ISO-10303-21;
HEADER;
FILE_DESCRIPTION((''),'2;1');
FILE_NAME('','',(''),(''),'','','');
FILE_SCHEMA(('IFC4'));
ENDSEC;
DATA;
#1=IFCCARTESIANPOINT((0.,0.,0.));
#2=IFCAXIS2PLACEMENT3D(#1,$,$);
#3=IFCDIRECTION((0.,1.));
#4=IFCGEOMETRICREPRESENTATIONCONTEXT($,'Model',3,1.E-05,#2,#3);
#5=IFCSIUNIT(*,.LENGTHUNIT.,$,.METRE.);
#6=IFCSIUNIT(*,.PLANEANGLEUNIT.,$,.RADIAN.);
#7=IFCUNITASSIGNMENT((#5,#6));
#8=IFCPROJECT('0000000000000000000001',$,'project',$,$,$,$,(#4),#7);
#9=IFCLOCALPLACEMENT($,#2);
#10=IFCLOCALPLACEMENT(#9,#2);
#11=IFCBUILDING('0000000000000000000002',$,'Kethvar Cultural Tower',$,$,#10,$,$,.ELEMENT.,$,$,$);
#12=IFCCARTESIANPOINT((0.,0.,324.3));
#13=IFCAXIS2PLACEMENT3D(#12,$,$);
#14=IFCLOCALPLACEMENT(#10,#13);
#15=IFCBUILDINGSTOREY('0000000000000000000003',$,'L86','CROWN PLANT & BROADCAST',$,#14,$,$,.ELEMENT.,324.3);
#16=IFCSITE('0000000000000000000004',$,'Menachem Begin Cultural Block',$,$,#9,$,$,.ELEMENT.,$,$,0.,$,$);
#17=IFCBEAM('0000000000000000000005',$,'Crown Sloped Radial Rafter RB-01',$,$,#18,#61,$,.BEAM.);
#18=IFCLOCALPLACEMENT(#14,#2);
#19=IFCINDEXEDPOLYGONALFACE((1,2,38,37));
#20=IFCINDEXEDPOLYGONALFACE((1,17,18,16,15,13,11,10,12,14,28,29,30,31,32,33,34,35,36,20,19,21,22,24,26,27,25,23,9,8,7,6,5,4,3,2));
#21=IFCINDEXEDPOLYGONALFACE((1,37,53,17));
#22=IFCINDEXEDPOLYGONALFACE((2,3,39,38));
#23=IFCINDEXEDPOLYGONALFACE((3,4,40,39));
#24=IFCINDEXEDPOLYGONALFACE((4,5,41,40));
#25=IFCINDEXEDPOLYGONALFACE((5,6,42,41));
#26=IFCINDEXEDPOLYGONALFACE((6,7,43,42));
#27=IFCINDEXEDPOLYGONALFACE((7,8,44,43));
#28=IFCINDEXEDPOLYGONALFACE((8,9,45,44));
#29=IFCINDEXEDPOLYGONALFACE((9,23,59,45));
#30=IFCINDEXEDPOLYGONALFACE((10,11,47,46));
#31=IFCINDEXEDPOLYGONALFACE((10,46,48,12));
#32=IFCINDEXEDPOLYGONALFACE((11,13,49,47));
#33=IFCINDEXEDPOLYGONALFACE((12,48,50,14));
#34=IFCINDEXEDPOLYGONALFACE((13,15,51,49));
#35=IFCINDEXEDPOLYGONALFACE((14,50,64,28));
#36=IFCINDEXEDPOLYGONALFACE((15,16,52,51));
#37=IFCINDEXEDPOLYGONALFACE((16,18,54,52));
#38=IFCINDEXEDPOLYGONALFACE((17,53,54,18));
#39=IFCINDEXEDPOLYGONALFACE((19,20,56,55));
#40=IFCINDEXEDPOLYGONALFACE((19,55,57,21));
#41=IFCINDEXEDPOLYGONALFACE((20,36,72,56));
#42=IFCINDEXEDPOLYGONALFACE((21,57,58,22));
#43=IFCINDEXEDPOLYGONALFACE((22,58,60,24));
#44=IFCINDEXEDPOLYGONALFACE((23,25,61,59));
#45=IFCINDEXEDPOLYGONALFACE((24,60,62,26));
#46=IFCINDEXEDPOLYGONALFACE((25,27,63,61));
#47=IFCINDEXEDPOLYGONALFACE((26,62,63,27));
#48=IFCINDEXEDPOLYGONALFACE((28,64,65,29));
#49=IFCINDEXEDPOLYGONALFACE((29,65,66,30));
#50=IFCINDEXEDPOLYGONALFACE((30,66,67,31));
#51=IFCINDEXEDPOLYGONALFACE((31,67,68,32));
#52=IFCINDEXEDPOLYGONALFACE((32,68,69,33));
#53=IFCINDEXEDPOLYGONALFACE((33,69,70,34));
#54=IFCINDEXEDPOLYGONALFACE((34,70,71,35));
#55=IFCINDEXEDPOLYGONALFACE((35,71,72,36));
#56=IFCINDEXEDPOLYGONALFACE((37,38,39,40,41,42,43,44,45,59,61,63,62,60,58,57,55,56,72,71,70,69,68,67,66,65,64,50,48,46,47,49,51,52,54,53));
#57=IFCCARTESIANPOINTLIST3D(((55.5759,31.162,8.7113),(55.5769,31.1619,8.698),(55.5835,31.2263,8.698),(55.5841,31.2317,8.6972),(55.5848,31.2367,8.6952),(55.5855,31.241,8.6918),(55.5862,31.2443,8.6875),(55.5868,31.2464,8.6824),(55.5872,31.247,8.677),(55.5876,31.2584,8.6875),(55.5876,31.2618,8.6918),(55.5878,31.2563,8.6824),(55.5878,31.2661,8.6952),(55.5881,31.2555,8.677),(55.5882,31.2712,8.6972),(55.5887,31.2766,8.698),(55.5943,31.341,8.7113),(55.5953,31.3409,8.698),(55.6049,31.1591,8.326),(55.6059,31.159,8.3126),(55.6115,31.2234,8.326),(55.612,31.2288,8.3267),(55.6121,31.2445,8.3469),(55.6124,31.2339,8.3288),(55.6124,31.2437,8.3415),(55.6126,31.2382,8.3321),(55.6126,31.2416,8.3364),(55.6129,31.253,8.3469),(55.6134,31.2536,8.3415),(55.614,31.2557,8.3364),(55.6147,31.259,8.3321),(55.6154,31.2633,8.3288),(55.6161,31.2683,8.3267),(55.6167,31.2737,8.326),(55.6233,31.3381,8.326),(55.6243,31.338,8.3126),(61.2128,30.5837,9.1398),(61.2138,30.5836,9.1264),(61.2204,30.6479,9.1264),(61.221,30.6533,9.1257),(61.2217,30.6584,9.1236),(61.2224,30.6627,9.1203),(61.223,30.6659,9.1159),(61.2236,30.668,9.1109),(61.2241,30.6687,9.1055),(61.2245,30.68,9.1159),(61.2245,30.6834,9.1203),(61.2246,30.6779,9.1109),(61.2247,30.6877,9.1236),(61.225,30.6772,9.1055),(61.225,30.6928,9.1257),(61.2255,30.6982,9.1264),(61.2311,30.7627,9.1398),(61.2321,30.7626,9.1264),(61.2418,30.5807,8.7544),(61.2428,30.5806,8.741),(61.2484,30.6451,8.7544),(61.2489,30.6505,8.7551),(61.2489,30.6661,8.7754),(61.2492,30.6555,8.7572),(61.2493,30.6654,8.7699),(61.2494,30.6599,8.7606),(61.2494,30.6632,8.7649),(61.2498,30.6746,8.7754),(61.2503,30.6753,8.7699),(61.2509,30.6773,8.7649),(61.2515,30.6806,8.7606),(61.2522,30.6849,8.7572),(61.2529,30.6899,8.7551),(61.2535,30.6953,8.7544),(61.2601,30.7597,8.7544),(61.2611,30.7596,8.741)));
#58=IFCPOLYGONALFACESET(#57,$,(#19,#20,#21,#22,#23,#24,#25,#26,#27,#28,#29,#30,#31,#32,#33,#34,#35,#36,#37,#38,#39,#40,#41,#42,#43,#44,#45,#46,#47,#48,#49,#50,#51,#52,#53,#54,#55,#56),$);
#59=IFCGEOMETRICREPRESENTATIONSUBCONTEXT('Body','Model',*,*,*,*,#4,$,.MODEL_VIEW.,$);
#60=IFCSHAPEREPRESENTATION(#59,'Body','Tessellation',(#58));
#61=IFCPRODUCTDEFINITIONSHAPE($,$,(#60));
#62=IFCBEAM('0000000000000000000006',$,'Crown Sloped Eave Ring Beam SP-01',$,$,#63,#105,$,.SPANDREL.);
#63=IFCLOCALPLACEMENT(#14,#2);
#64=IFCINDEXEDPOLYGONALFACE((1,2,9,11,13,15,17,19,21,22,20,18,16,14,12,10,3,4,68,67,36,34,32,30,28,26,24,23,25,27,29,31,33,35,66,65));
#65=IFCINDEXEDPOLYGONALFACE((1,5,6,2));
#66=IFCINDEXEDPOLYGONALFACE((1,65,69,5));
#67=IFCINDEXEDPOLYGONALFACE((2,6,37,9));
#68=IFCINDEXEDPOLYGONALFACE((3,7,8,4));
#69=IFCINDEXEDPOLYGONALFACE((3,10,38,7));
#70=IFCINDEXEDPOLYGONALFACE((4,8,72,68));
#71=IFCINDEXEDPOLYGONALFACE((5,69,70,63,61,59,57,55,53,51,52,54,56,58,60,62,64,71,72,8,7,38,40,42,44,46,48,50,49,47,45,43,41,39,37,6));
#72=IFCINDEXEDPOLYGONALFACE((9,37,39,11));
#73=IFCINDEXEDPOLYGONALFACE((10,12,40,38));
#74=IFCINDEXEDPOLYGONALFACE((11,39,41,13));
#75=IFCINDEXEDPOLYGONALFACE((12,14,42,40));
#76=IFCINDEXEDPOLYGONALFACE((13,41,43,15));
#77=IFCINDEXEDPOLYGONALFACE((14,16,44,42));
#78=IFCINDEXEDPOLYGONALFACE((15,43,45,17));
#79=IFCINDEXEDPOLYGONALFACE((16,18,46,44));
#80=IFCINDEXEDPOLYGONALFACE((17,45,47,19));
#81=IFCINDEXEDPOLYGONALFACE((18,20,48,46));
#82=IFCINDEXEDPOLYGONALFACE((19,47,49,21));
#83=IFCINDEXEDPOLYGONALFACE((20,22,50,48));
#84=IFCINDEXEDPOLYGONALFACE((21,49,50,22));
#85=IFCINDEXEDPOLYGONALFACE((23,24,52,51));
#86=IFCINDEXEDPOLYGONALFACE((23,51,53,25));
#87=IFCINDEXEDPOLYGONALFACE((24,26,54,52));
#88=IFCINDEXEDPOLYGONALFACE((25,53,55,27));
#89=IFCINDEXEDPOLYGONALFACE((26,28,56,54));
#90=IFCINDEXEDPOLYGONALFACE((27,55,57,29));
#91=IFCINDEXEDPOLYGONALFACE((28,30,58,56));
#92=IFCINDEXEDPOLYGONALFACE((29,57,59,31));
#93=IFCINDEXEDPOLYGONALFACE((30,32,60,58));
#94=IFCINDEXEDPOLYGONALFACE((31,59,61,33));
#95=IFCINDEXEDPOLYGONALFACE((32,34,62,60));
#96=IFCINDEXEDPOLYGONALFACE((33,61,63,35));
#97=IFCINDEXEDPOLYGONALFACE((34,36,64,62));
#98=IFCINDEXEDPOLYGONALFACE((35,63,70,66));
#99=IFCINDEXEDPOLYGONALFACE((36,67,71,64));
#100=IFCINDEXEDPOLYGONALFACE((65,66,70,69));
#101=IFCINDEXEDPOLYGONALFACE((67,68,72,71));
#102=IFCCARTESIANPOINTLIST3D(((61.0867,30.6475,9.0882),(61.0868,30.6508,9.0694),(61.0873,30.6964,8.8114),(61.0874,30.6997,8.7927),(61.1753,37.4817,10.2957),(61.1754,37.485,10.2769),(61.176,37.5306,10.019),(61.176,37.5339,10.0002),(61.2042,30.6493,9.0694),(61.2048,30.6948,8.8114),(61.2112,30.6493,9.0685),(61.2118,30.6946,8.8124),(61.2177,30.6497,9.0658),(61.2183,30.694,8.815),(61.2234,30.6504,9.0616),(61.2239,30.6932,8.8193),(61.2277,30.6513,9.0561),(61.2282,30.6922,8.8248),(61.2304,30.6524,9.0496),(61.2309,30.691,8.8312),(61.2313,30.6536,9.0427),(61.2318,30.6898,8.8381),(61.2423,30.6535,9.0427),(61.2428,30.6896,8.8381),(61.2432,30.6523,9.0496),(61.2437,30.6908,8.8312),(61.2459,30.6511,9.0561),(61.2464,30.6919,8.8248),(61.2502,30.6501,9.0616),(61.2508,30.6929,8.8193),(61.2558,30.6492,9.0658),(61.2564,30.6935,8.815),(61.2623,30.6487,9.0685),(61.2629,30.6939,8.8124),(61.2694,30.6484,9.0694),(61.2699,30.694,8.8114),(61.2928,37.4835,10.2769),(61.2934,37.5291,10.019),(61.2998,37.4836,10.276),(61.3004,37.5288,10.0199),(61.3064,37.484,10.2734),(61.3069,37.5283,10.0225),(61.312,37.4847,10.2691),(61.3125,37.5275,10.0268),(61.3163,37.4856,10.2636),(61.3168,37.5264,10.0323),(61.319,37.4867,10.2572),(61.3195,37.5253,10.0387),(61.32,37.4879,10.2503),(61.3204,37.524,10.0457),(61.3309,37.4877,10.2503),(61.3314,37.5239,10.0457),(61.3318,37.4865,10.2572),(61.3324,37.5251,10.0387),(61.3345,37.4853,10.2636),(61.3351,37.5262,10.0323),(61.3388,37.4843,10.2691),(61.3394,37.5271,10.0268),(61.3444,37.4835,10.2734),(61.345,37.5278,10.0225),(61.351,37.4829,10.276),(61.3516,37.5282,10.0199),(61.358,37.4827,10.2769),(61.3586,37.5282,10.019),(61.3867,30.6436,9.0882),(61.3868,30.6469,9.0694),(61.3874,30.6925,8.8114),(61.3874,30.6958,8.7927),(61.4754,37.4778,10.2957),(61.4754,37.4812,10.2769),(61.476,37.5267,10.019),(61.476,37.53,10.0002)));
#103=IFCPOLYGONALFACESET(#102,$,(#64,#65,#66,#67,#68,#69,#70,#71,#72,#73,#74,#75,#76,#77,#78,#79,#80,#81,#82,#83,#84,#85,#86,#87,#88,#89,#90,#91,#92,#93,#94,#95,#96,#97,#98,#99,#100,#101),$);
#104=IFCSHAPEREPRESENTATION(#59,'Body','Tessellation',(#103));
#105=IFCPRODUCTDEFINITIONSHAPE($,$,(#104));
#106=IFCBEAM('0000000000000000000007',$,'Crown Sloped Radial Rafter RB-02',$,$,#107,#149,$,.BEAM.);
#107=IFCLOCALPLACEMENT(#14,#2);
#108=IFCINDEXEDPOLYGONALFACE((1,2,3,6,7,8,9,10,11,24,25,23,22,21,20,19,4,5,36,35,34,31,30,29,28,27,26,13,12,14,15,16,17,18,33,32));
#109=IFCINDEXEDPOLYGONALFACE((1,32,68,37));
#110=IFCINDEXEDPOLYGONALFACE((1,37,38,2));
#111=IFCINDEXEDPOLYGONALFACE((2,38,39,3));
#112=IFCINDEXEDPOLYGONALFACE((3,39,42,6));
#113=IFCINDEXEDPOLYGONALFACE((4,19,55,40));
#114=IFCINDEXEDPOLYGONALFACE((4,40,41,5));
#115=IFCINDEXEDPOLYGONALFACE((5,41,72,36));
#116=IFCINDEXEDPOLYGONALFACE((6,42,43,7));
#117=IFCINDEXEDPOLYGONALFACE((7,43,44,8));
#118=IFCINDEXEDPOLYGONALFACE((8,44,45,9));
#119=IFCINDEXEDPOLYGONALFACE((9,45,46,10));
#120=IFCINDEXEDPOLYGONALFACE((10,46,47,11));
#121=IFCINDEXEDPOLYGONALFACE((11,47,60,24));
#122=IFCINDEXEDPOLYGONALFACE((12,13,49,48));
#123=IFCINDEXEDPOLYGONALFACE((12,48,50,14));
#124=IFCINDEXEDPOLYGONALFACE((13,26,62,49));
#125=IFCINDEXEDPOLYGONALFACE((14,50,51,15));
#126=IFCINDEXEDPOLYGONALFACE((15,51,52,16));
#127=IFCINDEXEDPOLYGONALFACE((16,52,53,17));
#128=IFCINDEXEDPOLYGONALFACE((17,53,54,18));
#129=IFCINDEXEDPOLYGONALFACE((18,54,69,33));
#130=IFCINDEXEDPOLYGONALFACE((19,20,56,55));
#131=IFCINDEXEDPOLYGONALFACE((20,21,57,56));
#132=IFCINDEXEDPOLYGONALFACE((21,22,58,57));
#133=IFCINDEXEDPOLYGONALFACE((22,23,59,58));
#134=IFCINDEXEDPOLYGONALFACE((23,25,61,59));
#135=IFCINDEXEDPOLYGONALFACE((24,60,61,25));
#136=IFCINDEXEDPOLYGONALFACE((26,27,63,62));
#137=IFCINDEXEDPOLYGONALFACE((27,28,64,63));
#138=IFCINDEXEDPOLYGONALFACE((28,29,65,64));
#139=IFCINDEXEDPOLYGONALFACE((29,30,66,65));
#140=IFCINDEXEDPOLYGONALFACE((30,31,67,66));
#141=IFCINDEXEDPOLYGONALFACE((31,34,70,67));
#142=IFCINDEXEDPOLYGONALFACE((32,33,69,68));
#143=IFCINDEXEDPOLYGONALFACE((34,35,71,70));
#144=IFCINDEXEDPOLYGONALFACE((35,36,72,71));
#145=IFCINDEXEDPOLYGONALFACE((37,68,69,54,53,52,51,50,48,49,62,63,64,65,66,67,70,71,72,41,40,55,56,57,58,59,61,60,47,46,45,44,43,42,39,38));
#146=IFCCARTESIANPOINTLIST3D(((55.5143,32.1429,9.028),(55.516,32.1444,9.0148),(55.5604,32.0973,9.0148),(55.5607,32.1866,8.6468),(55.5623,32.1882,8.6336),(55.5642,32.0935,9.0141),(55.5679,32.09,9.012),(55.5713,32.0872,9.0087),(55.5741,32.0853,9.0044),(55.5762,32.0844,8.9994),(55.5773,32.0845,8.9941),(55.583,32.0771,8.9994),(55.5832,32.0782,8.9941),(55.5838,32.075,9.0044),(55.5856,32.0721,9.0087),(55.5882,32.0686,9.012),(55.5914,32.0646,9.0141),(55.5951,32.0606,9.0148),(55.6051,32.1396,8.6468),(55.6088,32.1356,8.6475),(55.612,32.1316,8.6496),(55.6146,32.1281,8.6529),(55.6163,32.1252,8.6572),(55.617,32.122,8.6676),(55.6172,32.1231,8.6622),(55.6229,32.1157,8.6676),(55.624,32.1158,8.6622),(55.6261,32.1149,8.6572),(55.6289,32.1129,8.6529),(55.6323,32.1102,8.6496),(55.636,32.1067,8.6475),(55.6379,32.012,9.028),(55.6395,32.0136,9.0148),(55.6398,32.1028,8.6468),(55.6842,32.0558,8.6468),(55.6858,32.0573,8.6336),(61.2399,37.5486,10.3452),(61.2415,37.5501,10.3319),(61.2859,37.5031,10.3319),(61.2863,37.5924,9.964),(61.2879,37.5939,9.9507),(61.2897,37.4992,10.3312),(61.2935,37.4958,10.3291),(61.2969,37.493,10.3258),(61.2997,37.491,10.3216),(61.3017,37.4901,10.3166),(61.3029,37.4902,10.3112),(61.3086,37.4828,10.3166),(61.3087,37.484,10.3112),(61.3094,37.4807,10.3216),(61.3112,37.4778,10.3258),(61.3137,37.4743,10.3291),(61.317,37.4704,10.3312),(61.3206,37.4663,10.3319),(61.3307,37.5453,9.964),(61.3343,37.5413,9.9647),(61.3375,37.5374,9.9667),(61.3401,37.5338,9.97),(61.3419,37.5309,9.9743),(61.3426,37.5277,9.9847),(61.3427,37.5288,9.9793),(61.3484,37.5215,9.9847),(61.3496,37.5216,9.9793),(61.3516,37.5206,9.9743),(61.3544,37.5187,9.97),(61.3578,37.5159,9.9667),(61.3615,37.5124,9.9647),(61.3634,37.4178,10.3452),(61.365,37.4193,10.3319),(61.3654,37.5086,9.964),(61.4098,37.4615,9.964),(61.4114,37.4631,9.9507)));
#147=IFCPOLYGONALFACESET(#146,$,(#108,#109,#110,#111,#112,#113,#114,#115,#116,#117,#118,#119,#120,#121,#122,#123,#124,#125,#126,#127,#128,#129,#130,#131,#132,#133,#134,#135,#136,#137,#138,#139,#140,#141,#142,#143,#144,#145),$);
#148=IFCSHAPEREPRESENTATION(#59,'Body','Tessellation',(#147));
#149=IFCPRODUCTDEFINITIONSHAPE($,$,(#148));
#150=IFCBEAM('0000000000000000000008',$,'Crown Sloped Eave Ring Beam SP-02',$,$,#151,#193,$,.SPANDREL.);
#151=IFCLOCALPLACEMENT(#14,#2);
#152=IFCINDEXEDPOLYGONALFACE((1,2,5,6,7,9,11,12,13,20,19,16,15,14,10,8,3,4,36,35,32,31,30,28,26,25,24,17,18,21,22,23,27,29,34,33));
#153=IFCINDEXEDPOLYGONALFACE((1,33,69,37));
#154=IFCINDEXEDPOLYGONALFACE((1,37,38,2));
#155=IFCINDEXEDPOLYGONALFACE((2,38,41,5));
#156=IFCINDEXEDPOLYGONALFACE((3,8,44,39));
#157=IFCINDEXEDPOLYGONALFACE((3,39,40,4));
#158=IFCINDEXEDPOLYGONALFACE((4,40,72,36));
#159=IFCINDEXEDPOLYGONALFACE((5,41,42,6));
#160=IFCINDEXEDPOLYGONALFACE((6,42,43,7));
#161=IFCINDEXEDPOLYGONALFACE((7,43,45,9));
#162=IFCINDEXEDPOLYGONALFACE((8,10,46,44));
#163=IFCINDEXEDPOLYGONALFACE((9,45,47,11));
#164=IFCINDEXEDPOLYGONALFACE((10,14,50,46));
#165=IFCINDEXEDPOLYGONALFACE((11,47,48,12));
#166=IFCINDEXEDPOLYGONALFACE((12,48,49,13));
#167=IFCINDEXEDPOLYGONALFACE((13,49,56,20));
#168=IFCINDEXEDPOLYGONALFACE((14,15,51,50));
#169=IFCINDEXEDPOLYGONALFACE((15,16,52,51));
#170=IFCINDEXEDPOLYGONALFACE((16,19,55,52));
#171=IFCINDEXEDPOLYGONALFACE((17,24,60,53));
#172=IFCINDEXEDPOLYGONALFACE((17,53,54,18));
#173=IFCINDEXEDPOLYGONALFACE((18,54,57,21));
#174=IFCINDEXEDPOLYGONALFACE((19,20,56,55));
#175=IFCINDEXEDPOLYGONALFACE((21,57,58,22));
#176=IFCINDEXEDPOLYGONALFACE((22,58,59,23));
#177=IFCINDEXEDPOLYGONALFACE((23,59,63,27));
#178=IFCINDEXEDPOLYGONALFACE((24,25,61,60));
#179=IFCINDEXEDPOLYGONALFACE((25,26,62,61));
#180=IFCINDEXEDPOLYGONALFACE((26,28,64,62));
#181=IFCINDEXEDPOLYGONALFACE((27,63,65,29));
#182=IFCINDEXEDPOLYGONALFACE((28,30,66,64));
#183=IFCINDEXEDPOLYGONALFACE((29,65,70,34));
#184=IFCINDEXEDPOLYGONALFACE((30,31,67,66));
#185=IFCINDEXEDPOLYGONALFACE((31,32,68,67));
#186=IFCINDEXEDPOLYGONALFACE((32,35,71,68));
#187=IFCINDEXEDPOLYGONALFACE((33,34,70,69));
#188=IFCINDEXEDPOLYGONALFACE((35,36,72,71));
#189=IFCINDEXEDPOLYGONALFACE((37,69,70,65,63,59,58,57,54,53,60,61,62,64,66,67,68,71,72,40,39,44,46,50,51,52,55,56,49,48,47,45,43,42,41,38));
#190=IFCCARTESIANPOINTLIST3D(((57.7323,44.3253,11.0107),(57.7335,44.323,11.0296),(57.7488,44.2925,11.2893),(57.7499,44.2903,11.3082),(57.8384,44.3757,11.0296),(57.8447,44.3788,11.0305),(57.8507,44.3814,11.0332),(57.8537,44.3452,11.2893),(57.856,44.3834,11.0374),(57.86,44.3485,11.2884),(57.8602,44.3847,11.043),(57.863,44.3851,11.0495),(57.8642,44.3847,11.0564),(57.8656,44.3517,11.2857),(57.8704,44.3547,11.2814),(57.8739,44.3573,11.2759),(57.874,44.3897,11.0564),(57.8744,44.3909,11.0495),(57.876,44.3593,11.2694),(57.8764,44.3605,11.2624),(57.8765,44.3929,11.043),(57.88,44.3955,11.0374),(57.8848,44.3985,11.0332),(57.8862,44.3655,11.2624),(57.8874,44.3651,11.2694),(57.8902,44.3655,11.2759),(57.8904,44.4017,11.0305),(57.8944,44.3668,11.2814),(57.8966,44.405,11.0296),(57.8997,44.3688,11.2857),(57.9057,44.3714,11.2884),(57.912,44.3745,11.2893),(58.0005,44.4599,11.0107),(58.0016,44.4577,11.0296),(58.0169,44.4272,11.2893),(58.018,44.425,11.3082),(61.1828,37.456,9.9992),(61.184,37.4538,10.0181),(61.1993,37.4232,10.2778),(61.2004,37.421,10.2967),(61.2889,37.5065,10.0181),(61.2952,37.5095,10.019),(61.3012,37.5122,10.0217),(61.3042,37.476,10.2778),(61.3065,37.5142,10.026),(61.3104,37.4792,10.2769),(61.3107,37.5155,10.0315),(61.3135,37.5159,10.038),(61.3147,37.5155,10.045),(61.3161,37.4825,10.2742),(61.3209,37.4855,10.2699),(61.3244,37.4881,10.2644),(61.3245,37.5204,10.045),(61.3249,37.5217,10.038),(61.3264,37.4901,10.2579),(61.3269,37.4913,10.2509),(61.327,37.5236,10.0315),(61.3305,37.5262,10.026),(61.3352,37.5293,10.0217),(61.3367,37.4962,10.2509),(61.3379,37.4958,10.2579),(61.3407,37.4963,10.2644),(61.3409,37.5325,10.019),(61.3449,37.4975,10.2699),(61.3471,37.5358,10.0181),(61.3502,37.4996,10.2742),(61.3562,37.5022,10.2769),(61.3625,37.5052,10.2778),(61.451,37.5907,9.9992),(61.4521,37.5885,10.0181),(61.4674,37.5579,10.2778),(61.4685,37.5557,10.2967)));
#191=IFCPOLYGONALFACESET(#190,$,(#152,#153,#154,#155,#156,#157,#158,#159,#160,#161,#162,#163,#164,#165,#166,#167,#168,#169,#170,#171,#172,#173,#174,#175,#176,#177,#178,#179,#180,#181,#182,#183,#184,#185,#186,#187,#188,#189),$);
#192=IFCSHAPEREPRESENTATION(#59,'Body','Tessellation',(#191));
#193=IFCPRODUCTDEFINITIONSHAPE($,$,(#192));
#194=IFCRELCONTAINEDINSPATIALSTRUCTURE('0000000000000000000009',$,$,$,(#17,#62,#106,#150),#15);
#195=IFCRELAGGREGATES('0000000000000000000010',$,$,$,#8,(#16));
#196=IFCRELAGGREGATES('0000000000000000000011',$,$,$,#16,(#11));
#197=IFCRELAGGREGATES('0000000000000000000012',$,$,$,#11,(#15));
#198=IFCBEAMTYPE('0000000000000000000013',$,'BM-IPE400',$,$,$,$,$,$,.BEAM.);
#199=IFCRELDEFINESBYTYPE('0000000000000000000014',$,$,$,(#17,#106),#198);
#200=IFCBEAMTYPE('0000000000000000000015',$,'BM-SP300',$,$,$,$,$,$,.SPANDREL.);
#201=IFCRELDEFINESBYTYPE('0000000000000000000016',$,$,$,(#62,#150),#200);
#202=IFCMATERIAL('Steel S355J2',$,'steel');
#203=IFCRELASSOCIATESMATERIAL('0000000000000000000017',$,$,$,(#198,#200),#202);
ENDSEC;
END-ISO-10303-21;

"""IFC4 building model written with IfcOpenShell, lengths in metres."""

from ifc_helpers import new_model, si_unit, direction, frame, origin, origin_2d, place, context, subcontext, project, spatial, i_section, extrude, source, transform, mapped, material, material_profile, profile_set, type_object, element, save


model = new_model("IFC4")

# Units and contexts
model_context = context("Model", 3, precision=1e-05, world=origin(), true_north=direction((0.0, 1.0)))
body_context = subcontext(model_context, "Body", "Model", "MODEL_VIEW")
ifc_project = project(units=[si_unit("LENGTHUNIT", "METRE"), si_unit("PLANEANGLEUNIT", "RADIAN")], contexts=[model_context])

# Site, building, storey
site_placement = place(None, origin())
site = spatial("IfcSite", under=ifc_project, at=site_placement, Name="Menachem Begin Cultural Block", CompositionType="ELEMENT", RefElevation=0.0)
building_placement = place(site_placement, origin())
building = spatial("IfcBuilding", under=site, at=building_placement, Name="Kethvar Cultural Tower", CompositionType="ELEMENT")
storey_placement = place(building_placement, frame((0.0, 0.0, 324.3)))
storey = spatial("IfcBuildingStorey", under=building, at=storey_placement, Name="L86", Description="CROWN PLANT & BROADCAST", CompositionType="ELEMENT", Elevation=324.3)

# Beams
ifc_material_1 = material(Name="Steel S355J2", Category="steel")
ifc_material_profile_1 = material_profile(ifc_material_1, i_section(OverallWidth=0.1799, OverallDepth=0.3999, WebThickness=0.0085, FlangeThickness=0.0134, FilletRadius=0.021, at=origin_2d()), Name="Steel S355J2 — IPE400")
ifc_profile_set_1 = profile_set([ifc_material_profile_1], Name="Steel S355J2 — IPE400")
beam_type_1 = type_object("IfcBeamType", Name="BM-IPE400", PredefinedType="BEAM", material=ifc_profile_set_1)
shared_shape_1 = source(origin(), body_context, "Body", "SweptSolid", [
    extrude(i_section(OverallWidth=0.1799, OverallDepth=0.3999, WebThickness=0.0085, FlangeThickness=0.0134, FilletRadius=0.021, at=origin_2d()), origin(), (0.0, 0.0, 1.0), 5.6826),
])
beam_1_placement = place(storey_placement, frame((55.6001, 31.25, 8.512), z_axis=(0.991946, -0.101777, 0.075398), x_axis=(0.102067, 0.994778, 0.0)))
element("IfcBeam", 1, at=beam_1_placement, inside=storey, type_object=beam_type_1, Name="Crown Sloped Radial Rafter RB-01", PredefinedType="BEAM", context=body_context, shape_type="MappedRepresentation", body=[
    mapped(shared_shape_1, transform((0.0, 0.0, 0.0), scale=1.0)),
])
ifc_material_profile_2 = material_profile(ifc_material_1, i_section(OverallWidth=0.3, OverallDepth=0.3, WebThickness=0.011, FlangeThickness=0.019, FilletRadius=0.0271, at=origin_2d()), Name="Steel S355J2 — HEB300")
ifc_profile_set_2 = profile_set([ifc_material_profile_2], Name="Steel S355J2 — HEB300")
beam_type_2 = type_object("IfcBeamType", Name="BM-SP300", PredefinedType="SPANDREL", material=ifc_profile_set_2)
shared_shape_2 = source(origin(), body_context, "Body", "SweptSolid", [
    extrude(i_section(OverallWidth=0.3, OverallDepth=0.3, WebThickness=0.011, FlangeThickness=0.019, FilletRadius=0.0271, at=origin_2d()), origin(), (0.0, 0.0, 1.0), 6.9407),
])
beam_2_placement = place(storey_placement, frame((61.2371, 30.6716, 8.9404), z_axis=(0.012769, 0.984667, 0.173978), x_axis=(-0.999916, 0.012966, 0.0)))
element("IfcBeam", 2, at=beam_2_placement, inside=storey, type_object=beam_type_2, Name="Crown Sloped Eave Ring Beam SP-01", PredefinedType="SPANDREL", context=body_context, shape_type="MappedRepresentation", body=[
    mapped(shared_shape_2, transform((0.0, 0.0, 0.0), scale=1.0)),
])
shared_shape_3 = source(origin(), body_context, "Body", "SweptSolid", [
    extrude(i_section(OverallWidth=0.1799, OverallDepth=0.3999, WebThickness=0.0085, FlangeThickness=0.0134, FilletRadius=0.021, at=origin_2d()), origin(), (0.0, 0.0, 1.0), 7.9836),
])
beam_3_placement = place(storey_placement, frame((55.6001, 32.1001, 8.8308), z_axis=(0.71716, 0.6771, 0.164979), x_axis=(-0.686507, 0.727123, 0.0)))
element("IfcBeam", 3, at=beam_3_placement, inside=storey, type_object=beam_type_1, Name="Crown Sloped Radial Rafter RB-02", PredefinedType="BEAM", context=body_context, shape_type="MappedRepresentation", body=[
    mapped(shared_shape_3, transform((0.0, 0.0, 0.0), scale=1.0)),
])
shared_shape_4 = source(origin(), body_context, "Body", "SweptSolid", [
    extrude(i_section(OverallWidth=0.3, OverallDepth=0.3, WebThickness=0.011, FlangeThickness=0.019, FilletRadius=0.0271, at=origin_2d()), origin(), (0.0, 0.0, 1.0), 7.7534),
])
beam_4_placement = place(storey_placement, frame((61.3257, 37.5059, 10.1479), z_axis=(-0.445028, 0.885963, 0.130457), x_axis=(-0.8936, -0.448864, 0.0)))
element("IfcBeam", 4, at=beam_4_placement, inside=storey, type_object=beam_type_2, Name="Crown Sloped Eave Ring Beam SP-02", PredefinedType="SPANDREL", context=body_context, shape_type="MappedRepresentation", body=[
    mapped(shared_shape_4, transform((0.0, 0.0, 0.0), scale=1.0)),
])

save(model, "model.ifc")
